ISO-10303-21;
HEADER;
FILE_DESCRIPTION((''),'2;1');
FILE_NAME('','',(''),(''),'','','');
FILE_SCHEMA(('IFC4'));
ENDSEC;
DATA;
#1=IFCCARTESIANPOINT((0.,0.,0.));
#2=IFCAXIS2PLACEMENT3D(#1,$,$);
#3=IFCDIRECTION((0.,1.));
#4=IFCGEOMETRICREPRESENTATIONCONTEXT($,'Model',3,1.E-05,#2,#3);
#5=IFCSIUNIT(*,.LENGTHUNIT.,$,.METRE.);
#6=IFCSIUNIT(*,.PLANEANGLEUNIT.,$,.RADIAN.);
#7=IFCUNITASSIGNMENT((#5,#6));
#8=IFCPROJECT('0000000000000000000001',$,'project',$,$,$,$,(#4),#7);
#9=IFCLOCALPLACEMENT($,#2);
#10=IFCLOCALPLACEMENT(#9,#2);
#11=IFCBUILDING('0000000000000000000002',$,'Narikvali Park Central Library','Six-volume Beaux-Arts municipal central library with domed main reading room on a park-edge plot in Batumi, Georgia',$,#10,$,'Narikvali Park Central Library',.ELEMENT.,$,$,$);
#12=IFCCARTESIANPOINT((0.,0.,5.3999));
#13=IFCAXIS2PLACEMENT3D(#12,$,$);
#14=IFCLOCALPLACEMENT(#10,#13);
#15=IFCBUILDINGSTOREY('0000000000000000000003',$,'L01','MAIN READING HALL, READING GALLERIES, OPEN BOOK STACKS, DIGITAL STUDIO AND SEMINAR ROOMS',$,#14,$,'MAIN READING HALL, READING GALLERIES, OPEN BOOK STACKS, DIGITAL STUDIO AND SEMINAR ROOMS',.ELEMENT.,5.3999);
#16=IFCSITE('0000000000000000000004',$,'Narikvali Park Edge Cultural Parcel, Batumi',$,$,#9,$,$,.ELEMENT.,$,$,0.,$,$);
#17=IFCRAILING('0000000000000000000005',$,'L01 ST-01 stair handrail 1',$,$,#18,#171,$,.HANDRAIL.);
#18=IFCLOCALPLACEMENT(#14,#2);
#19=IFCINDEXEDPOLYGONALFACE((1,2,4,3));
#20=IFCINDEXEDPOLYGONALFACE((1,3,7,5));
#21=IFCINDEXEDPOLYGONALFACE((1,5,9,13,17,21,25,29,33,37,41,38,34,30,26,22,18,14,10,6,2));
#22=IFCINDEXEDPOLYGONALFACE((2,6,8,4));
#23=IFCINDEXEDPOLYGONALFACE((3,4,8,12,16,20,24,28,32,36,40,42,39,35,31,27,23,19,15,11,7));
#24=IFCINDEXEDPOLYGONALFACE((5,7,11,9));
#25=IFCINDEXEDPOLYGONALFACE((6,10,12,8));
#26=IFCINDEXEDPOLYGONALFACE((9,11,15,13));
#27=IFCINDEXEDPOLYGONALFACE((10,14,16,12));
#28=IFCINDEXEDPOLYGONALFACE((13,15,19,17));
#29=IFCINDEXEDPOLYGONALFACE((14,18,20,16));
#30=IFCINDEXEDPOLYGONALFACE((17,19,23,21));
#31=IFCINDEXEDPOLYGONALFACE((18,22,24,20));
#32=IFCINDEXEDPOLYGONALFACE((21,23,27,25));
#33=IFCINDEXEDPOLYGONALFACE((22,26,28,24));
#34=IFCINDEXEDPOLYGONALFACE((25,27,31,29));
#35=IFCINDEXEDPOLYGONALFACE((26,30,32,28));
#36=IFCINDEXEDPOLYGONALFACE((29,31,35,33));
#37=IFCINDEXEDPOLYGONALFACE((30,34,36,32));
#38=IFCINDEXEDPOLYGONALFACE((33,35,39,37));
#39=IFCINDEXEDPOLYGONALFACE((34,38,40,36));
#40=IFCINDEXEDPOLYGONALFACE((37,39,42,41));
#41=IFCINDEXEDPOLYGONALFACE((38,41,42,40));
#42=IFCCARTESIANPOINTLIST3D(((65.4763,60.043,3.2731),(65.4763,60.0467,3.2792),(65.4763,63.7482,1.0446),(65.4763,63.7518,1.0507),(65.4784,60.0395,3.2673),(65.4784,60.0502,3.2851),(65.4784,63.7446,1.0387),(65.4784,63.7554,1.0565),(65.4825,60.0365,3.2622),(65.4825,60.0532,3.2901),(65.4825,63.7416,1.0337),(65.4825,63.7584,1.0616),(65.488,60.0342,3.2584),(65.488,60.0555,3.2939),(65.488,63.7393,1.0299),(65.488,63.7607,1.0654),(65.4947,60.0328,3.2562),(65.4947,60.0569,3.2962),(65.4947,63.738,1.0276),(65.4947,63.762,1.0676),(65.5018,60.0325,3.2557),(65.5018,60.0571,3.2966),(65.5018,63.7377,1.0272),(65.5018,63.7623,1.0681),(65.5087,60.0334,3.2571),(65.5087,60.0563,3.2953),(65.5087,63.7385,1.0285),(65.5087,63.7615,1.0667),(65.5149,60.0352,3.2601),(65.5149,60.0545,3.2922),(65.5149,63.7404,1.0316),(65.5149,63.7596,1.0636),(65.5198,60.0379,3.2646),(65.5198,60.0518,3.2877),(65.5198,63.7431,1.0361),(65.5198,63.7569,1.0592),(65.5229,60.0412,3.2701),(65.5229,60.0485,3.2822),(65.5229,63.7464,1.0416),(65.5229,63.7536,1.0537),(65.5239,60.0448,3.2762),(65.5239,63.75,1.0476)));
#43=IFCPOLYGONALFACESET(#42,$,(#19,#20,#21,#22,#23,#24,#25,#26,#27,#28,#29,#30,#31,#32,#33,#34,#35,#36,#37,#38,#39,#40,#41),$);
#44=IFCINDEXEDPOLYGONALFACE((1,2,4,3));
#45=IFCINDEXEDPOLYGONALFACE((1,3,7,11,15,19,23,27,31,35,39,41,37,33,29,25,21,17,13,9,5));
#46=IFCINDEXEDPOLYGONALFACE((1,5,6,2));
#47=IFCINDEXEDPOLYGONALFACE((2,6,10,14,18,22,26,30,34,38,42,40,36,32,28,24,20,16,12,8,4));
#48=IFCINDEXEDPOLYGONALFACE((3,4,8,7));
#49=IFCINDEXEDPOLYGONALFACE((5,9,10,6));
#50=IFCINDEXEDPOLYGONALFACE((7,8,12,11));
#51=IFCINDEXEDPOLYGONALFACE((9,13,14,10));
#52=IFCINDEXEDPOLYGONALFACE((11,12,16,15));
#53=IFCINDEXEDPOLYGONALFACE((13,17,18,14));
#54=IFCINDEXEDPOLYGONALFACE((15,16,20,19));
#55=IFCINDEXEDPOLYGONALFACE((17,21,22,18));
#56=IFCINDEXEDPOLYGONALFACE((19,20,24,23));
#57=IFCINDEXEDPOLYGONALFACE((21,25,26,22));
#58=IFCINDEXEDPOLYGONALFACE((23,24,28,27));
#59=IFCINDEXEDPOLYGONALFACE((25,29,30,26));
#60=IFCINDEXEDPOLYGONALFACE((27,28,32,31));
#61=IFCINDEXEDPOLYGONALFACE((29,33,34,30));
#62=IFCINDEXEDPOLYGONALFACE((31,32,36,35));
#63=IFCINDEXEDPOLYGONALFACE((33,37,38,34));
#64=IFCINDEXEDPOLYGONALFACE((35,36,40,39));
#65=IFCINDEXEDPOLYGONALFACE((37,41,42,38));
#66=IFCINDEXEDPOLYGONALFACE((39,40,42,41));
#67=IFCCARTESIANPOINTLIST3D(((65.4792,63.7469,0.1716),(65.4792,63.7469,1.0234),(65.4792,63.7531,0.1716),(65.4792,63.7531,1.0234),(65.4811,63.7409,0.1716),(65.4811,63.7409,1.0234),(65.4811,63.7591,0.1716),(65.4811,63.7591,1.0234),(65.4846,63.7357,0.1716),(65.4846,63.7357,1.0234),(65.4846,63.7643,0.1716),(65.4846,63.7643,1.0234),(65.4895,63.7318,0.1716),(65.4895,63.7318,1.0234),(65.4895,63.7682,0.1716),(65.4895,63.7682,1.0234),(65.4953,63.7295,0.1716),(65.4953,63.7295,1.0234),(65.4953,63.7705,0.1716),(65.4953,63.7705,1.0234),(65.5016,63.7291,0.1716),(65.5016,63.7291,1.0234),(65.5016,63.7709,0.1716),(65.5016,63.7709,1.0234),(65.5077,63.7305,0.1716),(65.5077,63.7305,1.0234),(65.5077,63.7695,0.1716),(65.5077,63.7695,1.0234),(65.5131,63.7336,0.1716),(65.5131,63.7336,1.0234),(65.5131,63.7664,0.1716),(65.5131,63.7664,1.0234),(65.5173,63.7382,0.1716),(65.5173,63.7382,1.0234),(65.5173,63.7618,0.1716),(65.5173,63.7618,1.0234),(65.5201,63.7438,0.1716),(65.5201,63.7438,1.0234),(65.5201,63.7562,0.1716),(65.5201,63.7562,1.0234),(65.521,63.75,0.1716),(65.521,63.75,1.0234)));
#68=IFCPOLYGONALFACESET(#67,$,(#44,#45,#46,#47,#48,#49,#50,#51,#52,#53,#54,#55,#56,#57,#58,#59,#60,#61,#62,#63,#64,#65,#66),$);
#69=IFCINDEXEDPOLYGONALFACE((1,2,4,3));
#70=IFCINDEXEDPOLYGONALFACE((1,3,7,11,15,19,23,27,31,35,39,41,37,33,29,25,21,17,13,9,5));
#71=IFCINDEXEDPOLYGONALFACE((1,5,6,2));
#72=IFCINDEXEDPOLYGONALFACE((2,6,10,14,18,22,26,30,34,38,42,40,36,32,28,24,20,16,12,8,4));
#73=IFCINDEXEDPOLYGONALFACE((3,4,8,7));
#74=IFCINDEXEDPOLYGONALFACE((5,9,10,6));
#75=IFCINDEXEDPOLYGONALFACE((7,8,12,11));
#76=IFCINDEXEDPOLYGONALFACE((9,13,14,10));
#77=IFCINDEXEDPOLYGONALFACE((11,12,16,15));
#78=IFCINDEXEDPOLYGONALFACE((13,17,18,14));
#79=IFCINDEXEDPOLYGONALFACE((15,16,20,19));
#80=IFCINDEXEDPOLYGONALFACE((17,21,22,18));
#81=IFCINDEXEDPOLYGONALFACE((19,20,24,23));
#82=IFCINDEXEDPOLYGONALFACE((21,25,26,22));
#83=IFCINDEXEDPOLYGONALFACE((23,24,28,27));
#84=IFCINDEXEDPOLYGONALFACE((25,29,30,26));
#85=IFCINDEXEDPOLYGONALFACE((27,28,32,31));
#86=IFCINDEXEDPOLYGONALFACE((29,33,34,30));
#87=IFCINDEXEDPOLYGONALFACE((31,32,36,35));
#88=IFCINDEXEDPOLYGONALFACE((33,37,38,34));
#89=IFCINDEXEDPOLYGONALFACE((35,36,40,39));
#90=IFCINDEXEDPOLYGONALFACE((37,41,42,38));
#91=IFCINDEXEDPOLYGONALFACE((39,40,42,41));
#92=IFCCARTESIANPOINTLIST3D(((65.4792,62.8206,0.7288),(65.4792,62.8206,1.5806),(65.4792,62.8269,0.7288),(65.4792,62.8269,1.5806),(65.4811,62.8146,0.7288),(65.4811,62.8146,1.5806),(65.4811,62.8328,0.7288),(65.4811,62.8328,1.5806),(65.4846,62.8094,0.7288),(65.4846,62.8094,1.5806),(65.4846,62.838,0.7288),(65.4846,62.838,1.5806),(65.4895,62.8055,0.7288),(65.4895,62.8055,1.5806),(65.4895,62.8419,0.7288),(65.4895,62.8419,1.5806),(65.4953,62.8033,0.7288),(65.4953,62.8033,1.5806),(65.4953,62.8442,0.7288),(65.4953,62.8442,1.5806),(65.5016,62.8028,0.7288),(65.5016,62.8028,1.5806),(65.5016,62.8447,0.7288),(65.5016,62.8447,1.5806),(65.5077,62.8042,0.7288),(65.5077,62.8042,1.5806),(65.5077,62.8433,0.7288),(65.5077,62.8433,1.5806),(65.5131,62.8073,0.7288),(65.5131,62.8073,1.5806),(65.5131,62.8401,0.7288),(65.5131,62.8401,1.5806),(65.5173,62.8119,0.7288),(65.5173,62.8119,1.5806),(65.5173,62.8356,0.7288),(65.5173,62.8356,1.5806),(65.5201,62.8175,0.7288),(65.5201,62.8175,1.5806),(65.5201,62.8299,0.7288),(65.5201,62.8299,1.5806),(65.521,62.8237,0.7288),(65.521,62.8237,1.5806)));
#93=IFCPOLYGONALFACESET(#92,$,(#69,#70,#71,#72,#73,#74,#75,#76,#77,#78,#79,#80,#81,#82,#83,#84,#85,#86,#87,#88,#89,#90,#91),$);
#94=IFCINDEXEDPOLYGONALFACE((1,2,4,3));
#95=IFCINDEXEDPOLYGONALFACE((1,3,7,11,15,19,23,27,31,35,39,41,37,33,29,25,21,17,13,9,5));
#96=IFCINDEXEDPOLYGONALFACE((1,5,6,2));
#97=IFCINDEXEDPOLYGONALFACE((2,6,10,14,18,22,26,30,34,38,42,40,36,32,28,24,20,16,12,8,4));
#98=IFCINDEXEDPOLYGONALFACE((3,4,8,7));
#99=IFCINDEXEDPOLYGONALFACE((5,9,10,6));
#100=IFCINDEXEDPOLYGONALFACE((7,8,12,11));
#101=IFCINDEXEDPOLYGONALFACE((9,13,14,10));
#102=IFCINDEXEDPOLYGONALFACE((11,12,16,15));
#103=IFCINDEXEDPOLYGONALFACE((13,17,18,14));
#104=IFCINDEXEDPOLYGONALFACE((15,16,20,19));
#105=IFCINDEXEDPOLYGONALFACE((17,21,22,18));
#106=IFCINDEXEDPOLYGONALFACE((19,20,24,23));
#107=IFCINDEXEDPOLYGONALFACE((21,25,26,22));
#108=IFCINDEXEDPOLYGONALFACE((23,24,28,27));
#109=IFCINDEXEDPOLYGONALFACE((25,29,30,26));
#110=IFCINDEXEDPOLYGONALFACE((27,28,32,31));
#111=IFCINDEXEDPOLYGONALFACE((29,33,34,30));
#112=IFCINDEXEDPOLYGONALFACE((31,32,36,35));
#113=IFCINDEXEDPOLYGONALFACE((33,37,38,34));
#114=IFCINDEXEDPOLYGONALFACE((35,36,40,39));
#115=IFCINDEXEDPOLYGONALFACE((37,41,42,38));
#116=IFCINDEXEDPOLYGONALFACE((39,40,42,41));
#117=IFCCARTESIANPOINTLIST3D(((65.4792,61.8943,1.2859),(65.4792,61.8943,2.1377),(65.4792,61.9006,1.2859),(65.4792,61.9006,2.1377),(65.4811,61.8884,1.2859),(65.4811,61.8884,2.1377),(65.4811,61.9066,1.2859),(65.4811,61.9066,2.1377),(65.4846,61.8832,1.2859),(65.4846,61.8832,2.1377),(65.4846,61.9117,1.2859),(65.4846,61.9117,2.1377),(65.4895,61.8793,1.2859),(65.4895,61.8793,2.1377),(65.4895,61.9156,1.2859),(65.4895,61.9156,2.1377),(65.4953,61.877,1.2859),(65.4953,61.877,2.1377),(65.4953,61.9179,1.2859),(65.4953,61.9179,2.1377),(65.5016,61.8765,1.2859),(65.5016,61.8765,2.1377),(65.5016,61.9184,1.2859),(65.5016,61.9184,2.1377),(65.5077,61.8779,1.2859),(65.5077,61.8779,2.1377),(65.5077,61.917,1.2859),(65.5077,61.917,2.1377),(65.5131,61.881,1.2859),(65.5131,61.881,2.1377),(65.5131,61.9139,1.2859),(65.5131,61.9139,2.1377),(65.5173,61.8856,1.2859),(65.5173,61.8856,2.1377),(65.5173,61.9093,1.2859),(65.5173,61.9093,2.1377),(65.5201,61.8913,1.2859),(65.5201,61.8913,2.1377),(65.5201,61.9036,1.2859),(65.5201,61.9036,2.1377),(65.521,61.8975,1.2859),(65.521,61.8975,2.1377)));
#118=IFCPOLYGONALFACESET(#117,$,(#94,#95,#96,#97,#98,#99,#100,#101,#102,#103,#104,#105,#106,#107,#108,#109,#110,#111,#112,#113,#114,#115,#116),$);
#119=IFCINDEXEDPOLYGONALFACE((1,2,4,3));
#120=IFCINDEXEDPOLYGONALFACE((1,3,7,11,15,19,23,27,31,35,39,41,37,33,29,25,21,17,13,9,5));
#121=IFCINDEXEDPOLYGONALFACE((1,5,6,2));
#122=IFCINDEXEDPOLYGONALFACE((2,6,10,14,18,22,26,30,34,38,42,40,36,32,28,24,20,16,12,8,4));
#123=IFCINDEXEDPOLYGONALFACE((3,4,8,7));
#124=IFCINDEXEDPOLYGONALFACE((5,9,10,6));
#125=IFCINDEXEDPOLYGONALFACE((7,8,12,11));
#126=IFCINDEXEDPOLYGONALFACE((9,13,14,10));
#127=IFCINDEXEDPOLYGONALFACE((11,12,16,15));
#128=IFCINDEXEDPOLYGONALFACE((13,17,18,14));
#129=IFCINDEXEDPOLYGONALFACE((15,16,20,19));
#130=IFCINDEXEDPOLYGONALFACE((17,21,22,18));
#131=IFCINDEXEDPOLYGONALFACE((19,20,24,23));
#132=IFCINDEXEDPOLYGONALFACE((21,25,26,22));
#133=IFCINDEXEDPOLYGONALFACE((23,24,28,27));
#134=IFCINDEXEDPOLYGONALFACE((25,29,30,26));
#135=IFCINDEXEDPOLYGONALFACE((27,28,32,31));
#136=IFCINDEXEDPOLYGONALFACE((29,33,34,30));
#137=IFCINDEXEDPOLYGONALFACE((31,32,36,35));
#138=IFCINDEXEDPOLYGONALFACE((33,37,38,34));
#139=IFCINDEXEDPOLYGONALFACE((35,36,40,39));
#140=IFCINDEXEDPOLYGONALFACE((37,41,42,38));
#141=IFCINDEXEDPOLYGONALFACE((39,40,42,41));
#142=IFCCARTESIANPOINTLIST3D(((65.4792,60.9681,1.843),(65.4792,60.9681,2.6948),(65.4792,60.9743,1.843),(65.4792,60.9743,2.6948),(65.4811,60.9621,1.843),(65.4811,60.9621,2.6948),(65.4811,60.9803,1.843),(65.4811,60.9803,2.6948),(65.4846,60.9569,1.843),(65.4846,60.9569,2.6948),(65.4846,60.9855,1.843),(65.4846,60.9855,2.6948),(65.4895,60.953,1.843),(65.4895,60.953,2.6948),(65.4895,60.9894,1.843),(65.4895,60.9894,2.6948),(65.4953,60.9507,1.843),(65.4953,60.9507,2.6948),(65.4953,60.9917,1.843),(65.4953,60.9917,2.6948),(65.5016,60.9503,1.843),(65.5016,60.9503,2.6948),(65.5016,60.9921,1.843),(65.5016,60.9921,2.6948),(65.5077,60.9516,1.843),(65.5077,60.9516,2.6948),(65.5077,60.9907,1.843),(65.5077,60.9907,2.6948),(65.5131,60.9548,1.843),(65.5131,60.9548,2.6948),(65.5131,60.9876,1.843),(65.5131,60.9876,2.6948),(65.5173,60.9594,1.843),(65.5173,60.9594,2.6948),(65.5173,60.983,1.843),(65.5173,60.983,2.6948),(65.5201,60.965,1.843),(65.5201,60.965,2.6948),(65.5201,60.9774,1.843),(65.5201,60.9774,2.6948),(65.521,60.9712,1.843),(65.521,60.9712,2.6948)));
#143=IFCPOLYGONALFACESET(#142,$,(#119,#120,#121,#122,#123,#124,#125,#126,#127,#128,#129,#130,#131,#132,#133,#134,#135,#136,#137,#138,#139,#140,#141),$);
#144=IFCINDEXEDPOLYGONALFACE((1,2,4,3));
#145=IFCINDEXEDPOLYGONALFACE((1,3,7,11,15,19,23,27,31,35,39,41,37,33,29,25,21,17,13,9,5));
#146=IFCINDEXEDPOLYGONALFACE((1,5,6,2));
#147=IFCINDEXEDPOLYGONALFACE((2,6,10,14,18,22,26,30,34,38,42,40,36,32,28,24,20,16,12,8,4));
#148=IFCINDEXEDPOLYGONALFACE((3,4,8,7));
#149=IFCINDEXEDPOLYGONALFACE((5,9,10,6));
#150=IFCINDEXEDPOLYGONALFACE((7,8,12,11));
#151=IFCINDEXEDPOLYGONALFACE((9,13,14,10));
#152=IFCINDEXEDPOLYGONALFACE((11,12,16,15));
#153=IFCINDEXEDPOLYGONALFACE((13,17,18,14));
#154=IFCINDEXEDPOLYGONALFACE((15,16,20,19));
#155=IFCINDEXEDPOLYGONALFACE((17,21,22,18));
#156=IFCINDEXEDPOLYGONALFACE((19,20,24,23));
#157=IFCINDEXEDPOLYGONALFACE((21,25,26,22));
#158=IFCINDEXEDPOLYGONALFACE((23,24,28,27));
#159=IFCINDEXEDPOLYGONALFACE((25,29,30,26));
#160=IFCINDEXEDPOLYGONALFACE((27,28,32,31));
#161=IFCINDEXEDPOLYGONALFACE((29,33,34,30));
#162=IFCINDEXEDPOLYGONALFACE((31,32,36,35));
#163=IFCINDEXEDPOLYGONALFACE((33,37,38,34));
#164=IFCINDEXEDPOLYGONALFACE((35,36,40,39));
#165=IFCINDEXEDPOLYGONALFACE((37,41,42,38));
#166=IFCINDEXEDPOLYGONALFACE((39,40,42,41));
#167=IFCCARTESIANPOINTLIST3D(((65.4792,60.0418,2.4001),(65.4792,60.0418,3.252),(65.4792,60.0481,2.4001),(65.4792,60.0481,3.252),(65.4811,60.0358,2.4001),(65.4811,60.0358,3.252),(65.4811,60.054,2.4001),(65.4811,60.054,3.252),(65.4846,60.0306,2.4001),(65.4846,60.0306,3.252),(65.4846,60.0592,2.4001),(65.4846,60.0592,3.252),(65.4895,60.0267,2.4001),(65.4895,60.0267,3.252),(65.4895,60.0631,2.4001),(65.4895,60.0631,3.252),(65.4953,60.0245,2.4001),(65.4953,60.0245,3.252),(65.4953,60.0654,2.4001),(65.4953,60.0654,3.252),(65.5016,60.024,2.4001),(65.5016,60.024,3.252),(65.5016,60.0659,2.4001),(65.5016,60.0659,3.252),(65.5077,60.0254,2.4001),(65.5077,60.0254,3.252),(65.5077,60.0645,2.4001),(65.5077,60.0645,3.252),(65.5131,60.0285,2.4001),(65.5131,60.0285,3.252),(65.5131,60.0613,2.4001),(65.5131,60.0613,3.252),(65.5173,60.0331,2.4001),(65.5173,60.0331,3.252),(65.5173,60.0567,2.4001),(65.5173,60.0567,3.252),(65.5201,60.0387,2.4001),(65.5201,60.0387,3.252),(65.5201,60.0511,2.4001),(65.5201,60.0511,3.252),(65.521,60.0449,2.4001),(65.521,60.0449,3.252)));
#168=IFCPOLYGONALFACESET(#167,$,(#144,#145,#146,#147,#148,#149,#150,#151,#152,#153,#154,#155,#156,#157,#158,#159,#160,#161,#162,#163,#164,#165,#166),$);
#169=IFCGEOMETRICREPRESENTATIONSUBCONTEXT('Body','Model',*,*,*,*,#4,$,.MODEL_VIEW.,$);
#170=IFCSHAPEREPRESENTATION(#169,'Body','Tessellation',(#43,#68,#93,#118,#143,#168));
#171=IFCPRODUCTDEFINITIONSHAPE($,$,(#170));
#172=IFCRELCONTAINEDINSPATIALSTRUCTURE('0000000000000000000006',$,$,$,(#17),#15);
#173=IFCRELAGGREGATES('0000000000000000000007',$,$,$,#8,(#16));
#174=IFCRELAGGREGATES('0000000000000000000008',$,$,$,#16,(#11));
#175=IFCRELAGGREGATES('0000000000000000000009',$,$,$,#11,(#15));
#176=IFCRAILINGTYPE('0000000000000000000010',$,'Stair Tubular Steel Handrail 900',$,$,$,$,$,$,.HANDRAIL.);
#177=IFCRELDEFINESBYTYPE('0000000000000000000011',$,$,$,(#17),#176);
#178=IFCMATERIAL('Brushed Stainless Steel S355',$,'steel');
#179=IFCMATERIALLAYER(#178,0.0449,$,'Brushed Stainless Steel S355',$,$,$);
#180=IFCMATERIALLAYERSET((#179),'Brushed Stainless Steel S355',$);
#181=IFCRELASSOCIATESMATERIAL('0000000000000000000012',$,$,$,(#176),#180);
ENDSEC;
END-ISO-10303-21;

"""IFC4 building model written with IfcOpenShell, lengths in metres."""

from ifc_helpers import new_model, si_unit, direction, frame, origin, origin_2d, place, context, subcontext, project, spatial, circle, extrude, material, layer, layer_set, type_object, element, save


model = new_model("IFC4")

# Units and contexts
model_context = context("Model", 3, precision=1e-05, world=origin(), true_north=direction((0.0, 1.0)))
body_context = subcontext(model_context, "Body", "Model", "MODEL_VIEW")
ifc_project = project(units=[si_unit("LENGTHUNIT", "METRE"), si_unit("PLANEANGLEUNIT", "RADIAN")], contexts=[model_context])

# Site, building, storey
site_placement = place(None, origin())
site = spatial("IfcSite", under=ifc_project, at=site_placement, Name="Narikvali Park Edge Cultural Parcel, Batumi", CompositionType="ELEMENT", RefElevation=0.0)
building_placement = place(site_placement, origin())
building = spatial("IfcBuilding", under=site, at=building_placement, Name="Narikvali Park Central Library", Description="Six-volume Beaux-Arts municipal central library with domed main reading room on a park-edge plot in Batumi, Georgia", LongName="Narikvali Park Central Library", CompositionType="ELEMENT")
storey_placement = place(building_placement, frame((0.0, 0.0, 5.3999)))
storey = spatial("IfcBuildingStorey", under=building, at=storey_placement, Name="L01", Description="MAIN READING HALL, READING GALLERIES, OPEN BOOK STACKS, DIGITAL STUDIO AND SEMINAR ROOMS", LongName="MAIN READING HALL, READING GALLERIES, OPEN BOOK STACKS, DIGITAL STUDIO AND SEMINAR ROOMS", CompositionType="ELEMENT", Elevation=5.3999)

# Shared definitions
ifc_material_1 = material(Name="Brushed Stainless Steel S355", Category="steel")

# Railing
ifc_layer_1 = layer(ifc_material_1, 0.0449, Name="Brushed Stainless Steel S355")
ifc_layer_set_1 = layer_set([ifc_layer_1], Name="Brushed Stainless Steel S355")
railing_type_1 = type_object("IfcRailingType", Name="Stair Tubular Steel Handrail 900", PredefinedType="HANDRAIL", material=ifc_layer_set_1)
railing_1_placement = place(storey_placement, frame((65.5, 63.75, 0.1716)))
element("IfcRailing", 1, at=railing_1_placement, inside=storey, type_object=railing_type_1, Name="L01 ST-01 stair handrail 1", PredefinedType="HANDRAIL", context=body_context, shape_type="SweptSolid", body=[
    extrude(circle(Radius=0.0239, at=origin_2d()), frame((0.0, 0.0, 0.876), z_axis=(0.0, -0.856934, 0.515425), x_axis=(1.0, 0.0, 0.0)), (0.0, 0.0, 1.0), 4.3237),
    extrude(circle(Radius=0.021, at=origin_2d()), origin(), (0.0, 0.0, 1.0), 0.8518),
    extrude(circle(Radius=0.021, at=origin_2d()), frame((0.0, -0.9263, 0.5571)), (0.0, 0.0, 1.0), 0.8518),
    extrude(circle(Radius=0.021, at=origin_2d()), frame((0.0, -1.8525, 1.1143)), (0.0, 0.0, 1.0), 0.8518),
    extrude(circle(Radius=0.021, at=origin_2d()), frame((0.0, -2.7788, 1.6714)), (0.0, 0.0, 1.0), 0.8518),
    extrude(circle(Radius=0.021, at=origin_2d()), frame((0.0, -3.7051, 2.2285)), (0.0, 0.0, 1.0), 0.8518),
])

save(model, "model.ifc")
